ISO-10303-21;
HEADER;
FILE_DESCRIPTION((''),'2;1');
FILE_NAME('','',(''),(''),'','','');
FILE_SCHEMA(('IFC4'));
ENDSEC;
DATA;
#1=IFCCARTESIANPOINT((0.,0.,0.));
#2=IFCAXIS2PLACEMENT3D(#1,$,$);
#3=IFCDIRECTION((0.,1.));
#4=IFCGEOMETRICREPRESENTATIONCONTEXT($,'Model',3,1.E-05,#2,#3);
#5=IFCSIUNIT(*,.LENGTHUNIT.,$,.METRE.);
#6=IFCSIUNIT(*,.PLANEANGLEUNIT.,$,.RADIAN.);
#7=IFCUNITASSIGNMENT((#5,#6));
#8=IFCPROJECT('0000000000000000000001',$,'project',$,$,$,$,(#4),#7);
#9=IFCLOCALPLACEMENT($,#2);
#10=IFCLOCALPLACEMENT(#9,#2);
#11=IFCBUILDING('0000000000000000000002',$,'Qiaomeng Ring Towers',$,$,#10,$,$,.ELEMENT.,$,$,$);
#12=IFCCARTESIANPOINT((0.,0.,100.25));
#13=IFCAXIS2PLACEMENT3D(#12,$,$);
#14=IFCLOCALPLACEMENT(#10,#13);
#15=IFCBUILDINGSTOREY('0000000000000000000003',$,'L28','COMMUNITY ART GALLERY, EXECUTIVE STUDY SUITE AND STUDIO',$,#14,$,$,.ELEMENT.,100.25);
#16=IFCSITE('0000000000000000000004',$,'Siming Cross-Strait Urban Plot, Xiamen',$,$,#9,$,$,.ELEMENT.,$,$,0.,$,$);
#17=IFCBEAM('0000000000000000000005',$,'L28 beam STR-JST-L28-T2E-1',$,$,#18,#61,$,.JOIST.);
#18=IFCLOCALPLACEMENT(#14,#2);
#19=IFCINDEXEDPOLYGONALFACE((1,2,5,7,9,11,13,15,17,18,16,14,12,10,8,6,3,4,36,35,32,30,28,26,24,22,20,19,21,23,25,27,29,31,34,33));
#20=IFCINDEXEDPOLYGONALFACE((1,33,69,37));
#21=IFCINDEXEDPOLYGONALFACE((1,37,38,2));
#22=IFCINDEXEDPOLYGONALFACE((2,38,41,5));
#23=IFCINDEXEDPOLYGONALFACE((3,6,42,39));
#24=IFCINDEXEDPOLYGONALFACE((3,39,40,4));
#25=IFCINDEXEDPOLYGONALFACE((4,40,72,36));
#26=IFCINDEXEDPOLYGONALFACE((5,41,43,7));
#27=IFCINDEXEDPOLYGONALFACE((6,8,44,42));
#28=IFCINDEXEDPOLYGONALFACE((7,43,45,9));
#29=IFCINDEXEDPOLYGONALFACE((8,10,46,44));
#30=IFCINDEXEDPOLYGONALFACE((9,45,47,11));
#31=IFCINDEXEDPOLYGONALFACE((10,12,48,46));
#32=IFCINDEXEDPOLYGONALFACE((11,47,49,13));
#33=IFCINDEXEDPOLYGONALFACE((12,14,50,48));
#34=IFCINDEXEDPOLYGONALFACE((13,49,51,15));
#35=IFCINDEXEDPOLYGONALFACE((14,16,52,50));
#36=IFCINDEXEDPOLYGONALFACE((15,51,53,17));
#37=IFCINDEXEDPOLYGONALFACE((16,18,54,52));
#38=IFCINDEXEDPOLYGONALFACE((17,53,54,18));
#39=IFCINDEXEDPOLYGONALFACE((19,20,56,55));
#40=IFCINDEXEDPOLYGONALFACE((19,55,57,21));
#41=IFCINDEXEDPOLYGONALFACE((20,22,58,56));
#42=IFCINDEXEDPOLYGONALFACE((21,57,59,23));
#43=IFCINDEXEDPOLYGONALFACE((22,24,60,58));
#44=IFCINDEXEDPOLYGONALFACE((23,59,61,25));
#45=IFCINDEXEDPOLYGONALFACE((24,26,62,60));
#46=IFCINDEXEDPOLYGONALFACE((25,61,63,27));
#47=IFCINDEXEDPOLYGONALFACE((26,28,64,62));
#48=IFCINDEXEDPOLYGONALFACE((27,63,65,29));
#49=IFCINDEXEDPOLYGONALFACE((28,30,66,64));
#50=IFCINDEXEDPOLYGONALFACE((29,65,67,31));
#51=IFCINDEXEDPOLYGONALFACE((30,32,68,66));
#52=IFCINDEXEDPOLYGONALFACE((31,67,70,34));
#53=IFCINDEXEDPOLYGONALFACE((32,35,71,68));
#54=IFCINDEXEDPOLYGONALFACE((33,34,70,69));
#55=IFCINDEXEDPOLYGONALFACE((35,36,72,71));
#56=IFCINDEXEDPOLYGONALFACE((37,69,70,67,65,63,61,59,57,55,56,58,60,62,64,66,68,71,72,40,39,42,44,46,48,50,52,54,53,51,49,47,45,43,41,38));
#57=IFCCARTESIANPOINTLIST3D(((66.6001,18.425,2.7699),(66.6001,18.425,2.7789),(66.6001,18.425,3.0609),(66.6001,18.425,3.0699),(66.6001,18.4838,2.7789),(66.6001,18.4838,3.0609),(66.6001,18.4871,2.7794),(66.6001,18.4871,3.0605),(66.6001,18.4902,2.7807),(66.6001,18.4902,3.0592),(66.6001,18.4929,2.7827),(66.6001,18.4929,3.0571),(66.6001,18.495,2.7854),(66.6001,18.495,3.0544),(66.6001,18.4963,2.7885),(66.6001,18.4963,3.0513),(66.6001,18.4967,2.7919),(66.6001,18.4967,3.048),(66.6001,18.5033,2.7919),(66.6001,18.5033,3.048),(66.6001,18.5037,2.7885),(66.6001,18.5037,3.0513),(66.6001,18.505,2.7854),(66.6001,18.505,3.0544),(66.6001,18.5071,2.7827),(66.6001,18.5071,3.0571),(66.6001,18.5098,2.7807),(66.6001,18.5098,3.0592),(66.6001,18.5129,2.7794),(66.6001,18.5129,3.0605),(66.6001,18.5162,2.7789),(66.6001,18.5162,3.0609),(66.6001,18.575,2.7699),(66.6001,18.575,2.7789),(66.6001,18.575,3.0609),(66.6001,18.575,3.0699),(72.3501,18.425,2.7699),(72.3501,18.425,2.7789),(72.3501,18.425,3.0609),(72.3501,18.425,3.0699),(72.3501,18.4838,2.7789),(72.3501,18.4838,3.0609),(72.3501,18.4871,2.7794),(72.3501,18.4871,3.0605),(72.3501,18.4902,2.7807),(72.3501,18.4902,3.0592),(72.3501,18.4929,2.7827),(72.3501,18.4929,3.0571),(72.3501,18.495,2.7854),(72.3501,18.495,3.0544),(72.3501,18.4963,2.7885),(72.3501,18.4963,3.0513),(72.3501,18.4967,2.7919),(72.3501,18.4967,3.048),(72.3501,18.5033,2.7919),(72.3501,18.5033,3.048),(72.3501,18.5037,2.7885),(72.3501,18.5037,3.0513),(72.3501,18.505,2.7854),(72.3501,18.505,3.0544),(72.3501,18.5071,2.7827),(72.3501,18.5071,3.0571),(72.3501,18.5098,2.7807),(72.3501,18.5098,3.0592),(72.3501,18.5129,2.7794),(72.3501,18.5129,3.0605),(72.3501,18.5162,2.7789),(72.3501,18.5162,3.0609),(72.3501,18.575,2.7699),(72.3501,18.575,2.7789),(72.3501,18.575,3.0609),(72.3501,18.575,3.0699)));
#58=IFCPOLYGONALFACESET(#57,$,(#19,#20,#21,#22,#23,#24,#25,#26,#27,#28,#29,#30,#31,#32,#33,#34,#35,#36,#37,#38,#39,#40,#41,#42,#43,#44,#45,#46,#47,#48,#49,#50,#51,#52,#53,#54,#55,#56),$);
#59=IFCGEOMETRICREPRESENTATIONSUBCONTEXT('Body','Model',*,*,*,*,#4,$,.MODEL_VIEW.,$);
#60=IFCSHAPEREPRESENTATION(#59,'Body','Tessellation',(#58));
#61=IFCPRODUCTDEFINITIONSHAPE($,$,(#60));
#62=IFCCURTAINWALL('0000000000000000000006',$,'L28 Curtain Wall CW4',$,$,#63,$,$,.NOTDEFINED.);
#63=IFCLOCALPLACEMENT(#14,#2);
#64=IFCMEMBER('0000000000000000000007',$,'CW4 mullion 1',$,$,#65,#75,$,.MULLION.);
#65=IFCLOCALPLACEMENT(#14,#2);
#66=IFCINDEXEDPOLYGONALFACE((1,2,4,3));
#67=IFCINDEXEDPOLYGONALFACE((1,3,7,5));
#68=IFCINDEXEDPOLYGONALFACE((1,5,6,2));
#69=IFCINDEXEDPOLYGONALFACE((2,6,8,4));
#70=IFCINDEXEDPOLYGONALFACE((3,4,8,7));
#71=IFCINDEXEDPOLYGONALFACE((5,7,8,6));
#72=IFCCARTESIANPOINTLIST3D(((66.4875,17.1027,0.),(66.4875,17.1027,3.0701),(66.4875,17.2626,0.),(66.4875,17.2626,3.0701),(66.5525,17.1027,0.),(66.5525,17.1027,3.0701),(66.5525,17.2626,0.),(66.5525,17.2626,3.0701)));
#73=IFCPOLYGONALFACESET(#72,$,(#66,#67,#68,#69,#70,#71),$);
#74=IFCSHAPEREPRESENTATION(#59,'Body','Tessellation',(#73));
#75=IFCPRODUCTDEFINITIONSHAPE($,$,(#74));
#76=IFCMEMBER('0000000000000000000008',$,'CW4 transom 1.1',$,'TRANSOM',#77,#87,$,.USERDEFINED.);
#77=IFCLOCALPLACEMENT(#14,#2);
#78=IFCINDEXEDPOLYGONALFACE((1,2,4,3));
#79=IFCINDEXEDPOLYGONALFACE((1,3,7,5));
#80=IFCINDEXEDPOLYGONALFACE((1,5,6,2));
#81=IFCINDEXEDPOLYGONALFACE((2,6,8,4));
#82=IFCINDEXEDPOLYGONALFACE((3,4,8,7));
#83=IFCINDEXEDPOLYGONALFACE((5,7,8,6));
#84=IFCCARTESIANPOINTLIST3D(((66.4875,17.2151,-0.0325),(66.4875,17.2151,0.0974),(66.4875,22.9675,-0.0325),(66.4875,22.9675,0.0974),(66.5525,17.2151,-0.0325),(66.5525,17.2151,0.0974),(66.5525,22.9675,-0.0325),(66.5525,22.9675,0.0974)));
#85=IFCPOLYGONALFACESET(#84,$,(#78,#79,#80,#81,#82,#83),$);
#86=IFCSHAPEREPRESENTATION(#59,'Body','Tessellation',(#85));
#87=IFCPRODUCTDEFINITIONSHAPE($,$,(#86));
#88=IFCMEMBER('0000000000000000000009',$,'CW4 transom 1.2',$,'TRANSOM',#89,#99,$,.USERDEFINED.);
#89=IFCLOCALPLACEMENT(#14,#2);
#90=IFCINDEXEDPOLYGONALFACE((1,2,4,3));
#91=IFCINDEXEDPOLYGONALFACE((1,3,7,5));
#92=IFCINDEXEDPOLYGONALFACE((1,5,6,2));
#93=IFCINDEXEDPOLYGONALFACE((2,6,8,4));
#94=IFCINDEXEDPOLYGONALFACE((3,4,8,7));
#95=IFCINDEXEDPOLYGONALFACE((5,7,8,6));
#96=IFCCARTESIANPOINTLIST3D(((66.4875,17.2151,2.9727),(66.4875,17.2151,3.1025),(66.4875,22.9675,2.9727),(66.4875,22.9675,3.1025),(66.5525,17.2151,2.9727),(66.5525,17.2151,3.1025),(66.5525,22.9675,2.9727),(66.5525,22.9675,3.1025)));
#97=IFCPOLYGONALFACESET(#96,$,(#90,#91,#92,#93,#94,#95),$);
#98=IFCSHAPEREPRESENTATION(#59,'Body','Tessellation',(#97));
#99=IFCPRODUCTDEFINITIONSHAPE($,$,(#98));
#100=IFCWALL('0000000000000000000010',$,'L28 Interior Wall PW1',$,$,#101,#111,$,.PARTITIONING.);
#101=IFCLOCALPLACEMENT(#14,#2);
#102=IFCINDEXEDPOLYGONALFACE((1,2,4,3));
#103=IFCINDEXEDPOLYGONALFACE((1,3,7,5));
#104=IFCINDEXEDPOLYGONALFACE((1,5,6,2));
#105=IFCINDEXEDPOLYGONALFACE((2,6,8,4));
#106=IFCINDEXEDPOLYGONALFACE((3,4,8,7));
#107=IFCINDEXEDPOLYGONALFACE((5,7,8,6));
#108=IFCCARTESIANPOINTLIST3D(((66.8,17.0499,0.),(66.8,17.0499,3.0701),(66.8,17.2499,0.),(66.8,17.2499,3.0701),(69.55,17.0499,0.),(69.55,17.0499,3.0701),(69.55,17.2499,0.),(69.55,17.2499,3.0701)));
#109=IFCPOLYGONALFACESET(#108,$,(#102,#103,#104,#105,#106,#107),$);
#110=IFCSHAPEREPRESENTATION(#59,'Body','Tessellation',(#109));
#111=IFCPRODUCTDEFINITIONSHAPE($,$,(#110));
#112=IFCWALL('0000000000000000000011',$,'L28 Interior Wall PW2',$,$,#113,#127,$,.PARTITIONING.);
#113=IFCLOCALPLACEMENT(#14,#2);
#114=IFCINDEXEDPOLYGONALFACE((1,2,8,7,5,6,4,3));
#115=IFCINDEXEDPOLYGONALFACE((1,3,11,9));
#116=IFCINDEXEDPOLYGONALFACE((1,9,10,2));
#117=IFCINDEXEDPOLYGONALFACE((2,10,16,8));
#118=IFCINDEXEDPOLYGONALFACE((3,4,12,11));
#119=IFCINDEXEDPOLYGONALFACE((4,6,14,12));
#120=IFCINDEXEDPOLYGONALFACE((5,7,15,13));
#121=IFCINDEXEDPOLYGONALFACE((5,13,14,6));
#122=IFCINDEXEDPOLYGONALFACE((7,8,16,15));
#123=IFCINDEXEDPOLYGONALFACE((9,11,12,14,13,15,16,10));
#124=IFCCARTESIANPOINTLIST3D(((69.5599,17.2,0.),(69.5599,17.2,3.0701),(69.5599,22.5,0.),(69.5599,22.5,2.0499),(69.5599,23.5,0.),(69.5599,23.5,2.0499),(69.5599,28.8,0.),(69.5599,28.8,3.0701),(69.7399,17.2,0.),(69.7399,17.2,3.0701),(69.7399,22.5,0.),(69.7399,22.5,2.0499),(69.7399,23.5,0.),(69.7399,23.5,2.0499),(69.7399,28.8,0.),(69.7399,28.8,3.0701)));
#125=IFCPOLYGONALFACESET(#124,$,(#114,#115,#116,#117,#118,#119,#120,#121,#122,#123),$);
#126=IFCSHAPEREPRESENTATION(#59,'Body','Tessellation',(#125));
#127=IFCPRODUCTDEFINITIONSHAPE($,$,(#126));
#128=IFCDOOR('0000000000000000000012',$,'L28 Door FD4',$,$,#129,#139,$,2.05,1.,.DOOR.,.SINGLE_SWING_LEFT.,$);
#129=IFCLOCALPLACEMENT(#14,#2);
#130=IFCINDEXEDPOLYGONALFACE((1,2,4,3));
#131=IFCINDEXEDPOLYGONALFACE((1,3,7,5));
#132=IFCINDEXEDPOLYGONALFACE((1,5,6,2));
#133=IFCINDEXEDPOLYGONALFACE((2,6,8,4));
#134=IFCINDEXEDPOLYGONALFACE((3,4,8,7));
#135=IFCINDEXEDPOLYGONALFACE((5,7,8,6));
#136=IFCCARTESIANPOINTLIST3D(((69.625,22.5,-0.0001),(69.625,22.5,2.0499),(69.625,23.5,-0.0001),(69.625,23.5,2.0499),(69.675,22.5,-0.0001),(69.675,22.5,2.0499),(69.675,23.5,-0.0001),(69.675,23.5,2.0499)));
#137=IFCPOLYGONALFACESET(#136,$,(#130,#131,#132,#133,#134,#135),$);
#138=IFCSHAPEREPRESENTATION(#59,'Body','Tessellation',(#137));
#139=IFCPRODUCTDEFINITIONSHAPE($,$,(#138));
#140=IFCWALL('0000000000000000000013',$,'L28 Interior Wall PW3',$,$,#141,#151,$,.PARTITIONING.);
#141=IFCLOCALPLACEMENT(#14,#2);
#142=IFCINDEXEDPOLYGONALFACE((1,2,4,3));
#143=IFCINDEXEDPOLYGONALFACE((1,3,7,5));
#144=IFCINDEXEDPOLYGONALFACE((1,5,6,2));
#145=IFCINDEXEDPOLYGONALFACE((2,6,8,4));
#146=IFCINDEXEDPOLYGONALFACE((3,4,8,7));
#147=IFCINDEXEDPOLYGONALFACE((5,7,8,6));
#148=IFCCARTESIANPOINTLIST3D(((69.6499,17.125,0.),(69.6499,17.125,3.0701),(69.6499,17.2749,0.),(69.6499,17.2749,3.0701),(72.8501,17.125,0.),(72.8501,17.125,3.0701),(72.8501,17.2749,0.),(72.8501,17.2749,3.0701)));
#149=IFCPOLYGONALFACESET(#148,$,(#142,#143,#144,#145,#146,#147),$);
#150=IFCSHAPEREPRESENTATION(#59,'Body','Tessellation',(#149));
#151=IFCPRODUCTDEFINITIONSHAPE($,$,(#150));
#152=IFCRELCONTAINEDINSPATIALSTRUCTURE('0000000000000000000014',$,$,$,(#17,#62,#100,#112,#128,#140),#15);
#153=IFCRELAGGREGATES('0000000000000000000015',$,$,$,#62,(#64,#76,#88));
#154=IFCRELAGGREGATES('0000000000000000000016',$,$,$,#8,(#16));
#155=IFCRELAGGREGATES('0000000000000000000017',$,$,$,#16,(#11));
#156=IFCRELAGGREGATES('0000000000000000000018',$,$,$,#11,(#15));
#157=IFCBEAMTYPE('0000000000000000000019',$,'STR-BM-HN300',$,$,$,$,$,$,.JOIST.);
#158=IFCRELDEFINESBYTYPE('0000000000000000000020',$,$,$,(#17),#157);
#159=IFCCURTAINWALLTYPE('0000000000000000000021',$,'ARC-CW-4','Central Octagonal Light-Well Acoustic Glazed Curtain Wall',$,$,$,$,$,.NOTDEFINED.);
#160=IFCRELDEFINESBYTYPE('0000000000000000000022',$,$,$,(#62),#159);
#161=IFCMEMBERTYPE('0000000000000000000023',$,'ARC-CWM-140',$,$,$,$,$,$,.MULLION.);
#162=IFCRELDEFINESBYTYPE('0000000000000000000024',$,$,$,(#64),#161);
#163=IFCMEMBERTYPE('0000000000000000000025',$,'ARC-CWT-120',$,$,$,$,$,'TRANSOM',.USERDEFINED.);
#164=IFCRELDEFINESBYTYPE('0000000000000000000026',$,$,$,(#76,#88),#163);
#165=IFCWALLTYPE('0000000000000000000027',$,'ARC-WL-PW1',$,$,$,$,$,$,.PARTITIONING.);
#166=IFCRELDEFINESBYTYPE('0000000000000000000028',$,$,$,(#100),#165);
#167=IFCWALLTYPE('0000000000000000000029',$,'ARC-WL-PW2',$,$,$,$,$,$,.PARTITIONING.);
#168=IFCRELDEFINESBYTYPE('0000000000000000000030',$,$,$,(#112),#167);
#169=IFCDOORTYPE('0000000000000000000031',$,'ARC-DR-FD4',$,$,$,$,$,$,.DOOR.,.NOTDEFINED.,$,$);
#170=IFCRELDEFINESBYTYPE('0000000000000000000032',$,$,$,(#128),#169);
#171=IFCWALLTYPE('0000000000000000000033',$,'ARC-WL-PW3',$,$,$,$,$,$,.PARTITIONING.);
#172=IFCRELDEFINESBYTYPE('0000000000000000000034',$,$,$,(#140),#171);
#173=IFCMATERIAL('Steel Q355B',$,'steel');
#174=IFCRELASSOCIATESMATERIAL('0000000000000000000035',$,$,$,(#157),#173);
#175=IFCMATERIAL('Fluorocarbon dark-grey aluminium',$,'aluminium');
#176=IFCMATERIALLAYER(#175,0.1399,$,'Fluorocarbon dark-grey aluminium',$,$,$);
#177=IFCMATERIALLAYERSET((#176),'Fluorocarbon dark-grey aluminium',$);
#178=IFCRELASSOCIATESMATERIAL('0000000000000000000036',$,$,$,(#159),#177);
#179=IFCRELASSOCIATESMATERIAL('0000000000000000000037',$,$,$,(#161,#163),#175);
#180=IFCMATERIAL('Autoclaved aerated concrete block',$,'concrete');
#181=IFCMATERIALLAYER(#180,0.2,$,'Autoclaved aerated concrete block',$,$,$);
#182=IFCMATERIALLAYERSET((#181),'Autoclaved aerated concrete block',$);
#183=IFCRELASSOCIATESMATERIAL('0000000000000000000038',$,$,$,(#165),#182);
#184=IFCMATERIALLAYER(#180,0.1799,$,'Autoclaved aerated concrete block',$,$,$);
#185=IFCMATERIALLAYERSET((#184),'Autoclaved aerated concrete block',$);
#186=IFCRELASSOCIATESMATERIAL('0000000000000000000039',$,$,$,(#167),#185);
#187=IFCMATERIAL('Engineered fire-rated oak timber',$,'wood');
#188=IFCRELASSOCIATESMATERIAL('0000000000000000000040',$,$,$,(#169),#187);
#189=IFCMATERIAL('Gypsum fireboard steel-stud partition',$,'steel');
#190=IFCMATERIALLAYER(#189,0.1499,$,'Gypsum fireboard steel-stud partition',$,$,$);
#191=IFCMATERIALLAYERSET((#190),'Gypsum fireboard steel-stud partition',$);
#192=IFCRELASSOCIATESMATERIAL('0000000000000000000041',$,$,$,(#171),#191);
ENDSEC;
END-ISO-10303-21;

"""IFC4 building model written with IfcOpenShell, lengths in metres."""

from ifc_helpers import new_model, si_unit, direction, frame, frame_2d, origin, origin_2d, place, context, subcontext, project, spatial, rectangle, i_section, extrude, source, transform, mapped, material, layer, layer_set, material_profile, profile_set, type_object, element, fill, aggregate, save


model = new_model("IFC4")

# Units and contexts
model_context = context("Model", 3, precision=1e-05, world=origin(), true_north=direction((0.0, 1.0)))
body_context = subcontext(model_context, "Body", "Model", "MODEL_VIEW")
ifc_project = project(units=[si_unit("LENGTHUNIT", "METRE"), si_unit("PLANEANGLEUNIT", "RADIAN")], contexts=[model_context])

# Site, building, storey
site_placement = place(None, origin())
site = spatial("IfcSite", under=ifc_project, at=site_placement, Name="Siming Cross-Strait Urban Plot, Xiamen", CompositionType="ELEMENT", RefElevation=0.0)
building_placement = place(site_placement, origin())
building = spatial("IfcBuilding", under=site, at=building_placement, Name="Qiaomeng Ring Towers", CompositionType="ELEMENT")
storey_placement = place(building_placement, frame((0.0, 0.0, 100.25)))
storey = spatial("IfcBuildingStorey", under=building, at=storey_placement, Name="L28", Description="COMMUNITY ART GALLERY, EXECUTIVE STUDY SUITE AND STUDIO", CompositionType="ELEMENT", Elevation=100.25)

# Beam
ifc_material_1 = material(Name="Steel Q355B", Category="steel")
ifc_material_profile_1 = material_profile(ifc_material_1, i_section(OverallWidth=0.1499, OverallDepth=0.3, WebThickness=0.0066, FlangeThickness=0.009, FilletRadius=0.0129, at=origin_2d()), Name="HN 300x150x6.5x9")
ifc_profile_set_1 = profile_set([ifc_material_profile_1], Name="Steel Q355B")
beam_type_1 = type_object("IfcBeamType", Name="STR-BM-HN300", PredefinedType="JOIST", material=ifc_profile_set_1)
shared_shape_1 = source(origin(), body_context, "Body", "SweptSolid", [
    extrude(i_section(OverallWidth=0.1499, OverallDepth=0.3, WebThickness=0.0066, FlangeThickness=0.009, FilletRadius=0.0129, at=origin_2d()), origin(), (0.0, 0.0, 1.0), 5.75),
])
beam_1_placement = place(storey_placement, frame((66.6001, 18.5, 2.9199), z_axis=(1.0, 0.0, 0.0), x_axis=(0.0, 1.0, 0.0)))
element("IfcBeam", 1, at=beam_1_placement, inside=storey, type_object=beam_type_1, Name="L28 beam STR-JST-L28-T2E-1", PredefinedType="JOIST", context=body_context, shape_type="MappedRepresentation", body=[
    mapped(shared_shape_1, transform((0.0, 0.0, 0.0), x_axis=(1.0, 0.0, 0.0), y_axis=(0.0, 1.0, 0.0), z_axis=(0.0, 0.0, 1.0), scale=1.0)),
])

# Curtain wall, members
ifc_material_2 = material(Name="Fluorocarbon dark-grey aluminium", Category="aluminium")
ifc_layer_1 = layer(ifc_material_2, 0.1399, Name="Fluorocarbon dark-grey aluminium")
ifc_layer_set_1 = layer_set([ifc_layer_1], Name="Fluorocarbon dark-grey aluminium")
curtain_wall_type = type_object("IfcCurtainWallType", Name="ARC-CW-4", Description="Central Octagonal Light-Well Acoustic Glazed Curtain Wall", PredefinedType="NOTDEFINED", material=ifc_layer_set_1)
curtain_wall_placement = place(storey_placement, origin())
curtain_wall = element("IfcCurtainWall", 2, at=curtain_wall_placement, inside=storey, type_object=curtain_wall_type, Name="L28 Curtain Wall CW4", PredefinedType="NOTDEFINED")
ifc_material_profile_2 = material_profile(ifc_material_2, rectangle(XDim=0.0649, YDim=0.1599, at=origin_2d()), Name="ALU MULL 65x160")
ifc_profile_set_2 = profile_set([ifc_material_profile_2], Name="Fluorocarbon dark-grey aluminium")
member_type_1 = type_object("IfcMemberType", Name="ARC-CWM-140", PredefinedType="MULLION", material=ifc_profile_set_2)
shared_shape_2 = source(origin(), body_context, "Body", "SweptSolid", [
    extrude(rectangle(XDim=0.0649, YDim=0.1599, at=origin_2d()), origin(), (0.0, 0.0, 1.0), 3.0701),
])
member_1_placement = place(storey_placement, frame((66.52, 17.1826, 0.0), z_axis=(0.0, 0.0, 1.0), x_axis=(-1.0, 0.0, 0.0)))
member_1 = element("IfcMember", 3, at=member_1_placement, type_object=member_type_1, Name="CW4 mullion 1", PredefinedType="MULLION", context=body_context, shape_type="MappedRepresentation", body=[
    mapped(shared_shape_2, transform((0.0, 0.0, 0.0), x_axis=(1.0, 0.0, 0.0), y_axis=(0.0, 1.0, 0.0), z_axis=(0.0, 0.0, 1.0), scale=1.0)),
])
ifc_material_profile_3 = material_profile(ifc_material_2, rectangle(XDim=0.0649, YDim=0.1299, at=origin_2d()), Name="ALU TRAN 65x130")
ifc_profile_set_3 = profile_set([ifc_material_profile_3], Name="Fluorocarbon dark-grey aluminium")
member_type_2 = type_object("IfcMemberType", Name="ARC-CWT-120", ElementType="TRANSOM", PredefinedType="USERDEFINED", material=ifc_profile_set_3)
shared_shape_3 = source(origin(), body_context, "Body", "SweptSolid", [
    extrude(rectangle(XDim=0.0649, YDim=0.1299, at=origin_2d()), origin(), (0.0, 0.0, 1.0), 5.7524),
])
member_2_placement = place(storey_placement, frame((66.52, 17.2151, 0.0325), z_axis=(0.0, 1.0, 0.0), x_axis=(-1.0, 0.0, 0.0)))
member_2 = element("IfcMember", 4, at=member_2_placement, type_object=member_type_2, Name="CW4 transom 1.1", ObjectType="TRANSOM", PredefinedType="USERDEFINED", context=body_context, shape_type="MappedRepresentation", body=[
    mapped(shared_shape_3, transform((0.0, 0.0, 0.0), x_axis=(1.0, 0.0, 0.0), y_axis=(0.0, 1.0, 0.0), z_axis=(0.0, 0.0, 1.0), scale=1.0)),
])
member_3_placement = place(storey_placement, frame((66.52, 17.2151, 3.0376), z_axis=(0.0, 1.0, 0.0), x_axis=(-1.0, 0.0, 0.0)))
member_3 = element("IfcMember", 5, at=member_3_placement, type_object=member_type_2, Name="CW4 transom 1.2", ObjectType="TRANSOM", PredefinedType="USERDEFINED", context=body_context, shape_type="MappedRepresentation", body=[
    mapped(shared_shape_3, transform((0.0, 0.0, 0.0), x_axis=(1.0, 0.0, 0.0), y_axis=(0.0, 1.0, 0.0), z_axis=(0.0, 0.0, 1.0), scale=1.0)),
])
aggregate(curtain_wall, [member_1, member_2, member_3])

# Wall
ifc_material_3 = material(Name="Autoclaved aerated concrete block", Category="concrete")
ifc_layer_2 = layer(ifc_material_3, 0.2, Name="Autoclaved aerated concrete block")
ifc_layer_set_2 = layer_set([ifc_layer_2], Name="Autoclaved aerated concrete block")
wall_type_1 = type_object("IfcWallType", Name="ARC-WL-PW1", PredefinedType="PARTITIONING", material=ifc_layer_set_2)
wall_1_placement = place(storey_placement, frame((66.8, 17.1499, 0.0), z_axis=(0.0, 0.0, 1.0), x_axis=(1.0, 0.0, 0.0)))
element("IfcWall", 6, at=wall_1_placement, inside=storey, type_object=wall_type_1, Name="L28 Interior Wall PW1", PredefinedType="PARTITIONING", context=body_context, shape_type="SweptSolid", body=[
    extrude(rectangle(XDim=2.75, YDim=0.2, at=frame_2d((1.375, 0.0))), origin(), (0.0, 0.0, 1.0), 3.0701),
])

# Wall, opening, door
ifc_layer_3 = layer(ifc_material_3, 0.1799, Name="Autoclaved aerated concrete block")
ifc_layer_set_3 = layer_set([ifc_layer_3], Name="Autoclaved aerated concrete block")
wall_type_2 = type_object("IfcWallType", Name="ARC-WL-PW2", PredefinedType="PARTITIONING", material=ifc_layer_set_3)
wall_2_placement = place(storey_placement, frame((69.6499, 17.2, 0.0), z_axis=(0.0, 0.0, 1.0), x_axis=(0.0, 1.0, 0.0)))
wall_2 = element("IfcWall", 7, at=wall_2_placement, inside=storey, type_object=wall_type_2, Name="L28 Interior Wall PW2", PredefinedType="PARTITIONING", context=body_context, shape_type="SweptSolid", body=[
    extrude(rectangle(XDim=11.6001, YDim=0.1799, at=frame_2d((5.8, 0.0))), origin(), (0.0, 0.0, 1.0), 3.0701),
])
opening_1_placement = place(wall_2_placement, frame((5.3, 0.0, 0.0)))
opening_1 = element("IfcOpeningElement", 8, at=opening_1_placement, cuts=wall_2, PredefinedType="OPENING", context=body_context, shape_type="SweptSolid", body=[
    extrude(rectangle(XDim=1.0, YDim=2.05, at=frame_2d((0.5, 1.0249))), frame((0.0, 0.0999, 0.0), z_axis=(0.0, -1.0, 0.0), x_axis=(1.0, 0.0, 0.0)), (0.0, 0.0, 1.0), 0.2),
])
ifc_material_4 = material(Name="Engineered fire-rated oak timber", Category="wood")
door_type_1 = type_object("IfcDoorType", Name="ARC-DR-FD4", OperationType="NOTDEFINED", PredefinedType="DOOR", material=ifc_material_4)
shared_shape_4 = source(origin(), body_context, "Body", "SweptSolid", [
    extrude(rectangle(XDim=1.0, YDim=2.05, at=frame_2d((0.5, 1.0249))), frame((0.0, 0.0249, 0.0), z_axis=(0.0, -1.0, 0.0), x_axis=(1.0, 0.0, 0.0)), (0.0, 0.0, 1.0), 0.05),
])
door_1_placement = place(opening_1_placement, origin())
door_1 = element("IfcDoor", 9, at=door_1_placement, inside=storey, type_object=door_type_1, Name="L28 Door FD4", OperationType="SINGLE_SWING_LEFT", OverallHeight=2.05, OverallWidth=1.0, PredefinedType="DOOR", context=body_context, shape_type="MappedRepresentation", body=[
    mapped(shared_shape_4, transform((0.0, 0.0, 0.0), x_axis=(1.0, 0.0, 0.0), y_axis=(0.0, 1.0, 0.0), z_axis=(0.0, 0.0, 1.0), scale=1.0)),
])
fill(opening_1, door_1)

# Wall
ifc_material_5 = material(Name="Gypsum fireboard steel-stud partition", Category="steel")
ifc_layer_4 = layer(ifc_material_5, 0.1499, Name="Gypsum fireboard steel-stud partition")
ifc_layer_set_4 = layer_set([ifc_layer_4], Name="Gypsum fireboard steel-stud partition")
wall_type_3 = type_object("IfcWallType", Name="ARC-WL-PW3", PredefinedType="PARTITIONING", material=ifc_layer_set_4)
wall_3_placement = place(storey_placement, frame((69.6499, 17.2, 0.0), z_axis=(0.0, 0.0, 1.0), x_axis=(1.0, 0.0, 0.0)))
element("IfcWall", 10, at=wall_3_placement, inside=storey, type_object=wall_type_3, Name="L28 Interior Wall PW3", PredefinedType="PARTITIONING", context=body_context, shape_type="SweptSolid", body=[
    extrude(rectangle(XDim=3.2002, YDim=0.1499, at=frame_2d((1.6001, 0.0))), origin(), (0.0, 0.0, 1.0), 3.0701),
])

save(model, "model.ifc")
